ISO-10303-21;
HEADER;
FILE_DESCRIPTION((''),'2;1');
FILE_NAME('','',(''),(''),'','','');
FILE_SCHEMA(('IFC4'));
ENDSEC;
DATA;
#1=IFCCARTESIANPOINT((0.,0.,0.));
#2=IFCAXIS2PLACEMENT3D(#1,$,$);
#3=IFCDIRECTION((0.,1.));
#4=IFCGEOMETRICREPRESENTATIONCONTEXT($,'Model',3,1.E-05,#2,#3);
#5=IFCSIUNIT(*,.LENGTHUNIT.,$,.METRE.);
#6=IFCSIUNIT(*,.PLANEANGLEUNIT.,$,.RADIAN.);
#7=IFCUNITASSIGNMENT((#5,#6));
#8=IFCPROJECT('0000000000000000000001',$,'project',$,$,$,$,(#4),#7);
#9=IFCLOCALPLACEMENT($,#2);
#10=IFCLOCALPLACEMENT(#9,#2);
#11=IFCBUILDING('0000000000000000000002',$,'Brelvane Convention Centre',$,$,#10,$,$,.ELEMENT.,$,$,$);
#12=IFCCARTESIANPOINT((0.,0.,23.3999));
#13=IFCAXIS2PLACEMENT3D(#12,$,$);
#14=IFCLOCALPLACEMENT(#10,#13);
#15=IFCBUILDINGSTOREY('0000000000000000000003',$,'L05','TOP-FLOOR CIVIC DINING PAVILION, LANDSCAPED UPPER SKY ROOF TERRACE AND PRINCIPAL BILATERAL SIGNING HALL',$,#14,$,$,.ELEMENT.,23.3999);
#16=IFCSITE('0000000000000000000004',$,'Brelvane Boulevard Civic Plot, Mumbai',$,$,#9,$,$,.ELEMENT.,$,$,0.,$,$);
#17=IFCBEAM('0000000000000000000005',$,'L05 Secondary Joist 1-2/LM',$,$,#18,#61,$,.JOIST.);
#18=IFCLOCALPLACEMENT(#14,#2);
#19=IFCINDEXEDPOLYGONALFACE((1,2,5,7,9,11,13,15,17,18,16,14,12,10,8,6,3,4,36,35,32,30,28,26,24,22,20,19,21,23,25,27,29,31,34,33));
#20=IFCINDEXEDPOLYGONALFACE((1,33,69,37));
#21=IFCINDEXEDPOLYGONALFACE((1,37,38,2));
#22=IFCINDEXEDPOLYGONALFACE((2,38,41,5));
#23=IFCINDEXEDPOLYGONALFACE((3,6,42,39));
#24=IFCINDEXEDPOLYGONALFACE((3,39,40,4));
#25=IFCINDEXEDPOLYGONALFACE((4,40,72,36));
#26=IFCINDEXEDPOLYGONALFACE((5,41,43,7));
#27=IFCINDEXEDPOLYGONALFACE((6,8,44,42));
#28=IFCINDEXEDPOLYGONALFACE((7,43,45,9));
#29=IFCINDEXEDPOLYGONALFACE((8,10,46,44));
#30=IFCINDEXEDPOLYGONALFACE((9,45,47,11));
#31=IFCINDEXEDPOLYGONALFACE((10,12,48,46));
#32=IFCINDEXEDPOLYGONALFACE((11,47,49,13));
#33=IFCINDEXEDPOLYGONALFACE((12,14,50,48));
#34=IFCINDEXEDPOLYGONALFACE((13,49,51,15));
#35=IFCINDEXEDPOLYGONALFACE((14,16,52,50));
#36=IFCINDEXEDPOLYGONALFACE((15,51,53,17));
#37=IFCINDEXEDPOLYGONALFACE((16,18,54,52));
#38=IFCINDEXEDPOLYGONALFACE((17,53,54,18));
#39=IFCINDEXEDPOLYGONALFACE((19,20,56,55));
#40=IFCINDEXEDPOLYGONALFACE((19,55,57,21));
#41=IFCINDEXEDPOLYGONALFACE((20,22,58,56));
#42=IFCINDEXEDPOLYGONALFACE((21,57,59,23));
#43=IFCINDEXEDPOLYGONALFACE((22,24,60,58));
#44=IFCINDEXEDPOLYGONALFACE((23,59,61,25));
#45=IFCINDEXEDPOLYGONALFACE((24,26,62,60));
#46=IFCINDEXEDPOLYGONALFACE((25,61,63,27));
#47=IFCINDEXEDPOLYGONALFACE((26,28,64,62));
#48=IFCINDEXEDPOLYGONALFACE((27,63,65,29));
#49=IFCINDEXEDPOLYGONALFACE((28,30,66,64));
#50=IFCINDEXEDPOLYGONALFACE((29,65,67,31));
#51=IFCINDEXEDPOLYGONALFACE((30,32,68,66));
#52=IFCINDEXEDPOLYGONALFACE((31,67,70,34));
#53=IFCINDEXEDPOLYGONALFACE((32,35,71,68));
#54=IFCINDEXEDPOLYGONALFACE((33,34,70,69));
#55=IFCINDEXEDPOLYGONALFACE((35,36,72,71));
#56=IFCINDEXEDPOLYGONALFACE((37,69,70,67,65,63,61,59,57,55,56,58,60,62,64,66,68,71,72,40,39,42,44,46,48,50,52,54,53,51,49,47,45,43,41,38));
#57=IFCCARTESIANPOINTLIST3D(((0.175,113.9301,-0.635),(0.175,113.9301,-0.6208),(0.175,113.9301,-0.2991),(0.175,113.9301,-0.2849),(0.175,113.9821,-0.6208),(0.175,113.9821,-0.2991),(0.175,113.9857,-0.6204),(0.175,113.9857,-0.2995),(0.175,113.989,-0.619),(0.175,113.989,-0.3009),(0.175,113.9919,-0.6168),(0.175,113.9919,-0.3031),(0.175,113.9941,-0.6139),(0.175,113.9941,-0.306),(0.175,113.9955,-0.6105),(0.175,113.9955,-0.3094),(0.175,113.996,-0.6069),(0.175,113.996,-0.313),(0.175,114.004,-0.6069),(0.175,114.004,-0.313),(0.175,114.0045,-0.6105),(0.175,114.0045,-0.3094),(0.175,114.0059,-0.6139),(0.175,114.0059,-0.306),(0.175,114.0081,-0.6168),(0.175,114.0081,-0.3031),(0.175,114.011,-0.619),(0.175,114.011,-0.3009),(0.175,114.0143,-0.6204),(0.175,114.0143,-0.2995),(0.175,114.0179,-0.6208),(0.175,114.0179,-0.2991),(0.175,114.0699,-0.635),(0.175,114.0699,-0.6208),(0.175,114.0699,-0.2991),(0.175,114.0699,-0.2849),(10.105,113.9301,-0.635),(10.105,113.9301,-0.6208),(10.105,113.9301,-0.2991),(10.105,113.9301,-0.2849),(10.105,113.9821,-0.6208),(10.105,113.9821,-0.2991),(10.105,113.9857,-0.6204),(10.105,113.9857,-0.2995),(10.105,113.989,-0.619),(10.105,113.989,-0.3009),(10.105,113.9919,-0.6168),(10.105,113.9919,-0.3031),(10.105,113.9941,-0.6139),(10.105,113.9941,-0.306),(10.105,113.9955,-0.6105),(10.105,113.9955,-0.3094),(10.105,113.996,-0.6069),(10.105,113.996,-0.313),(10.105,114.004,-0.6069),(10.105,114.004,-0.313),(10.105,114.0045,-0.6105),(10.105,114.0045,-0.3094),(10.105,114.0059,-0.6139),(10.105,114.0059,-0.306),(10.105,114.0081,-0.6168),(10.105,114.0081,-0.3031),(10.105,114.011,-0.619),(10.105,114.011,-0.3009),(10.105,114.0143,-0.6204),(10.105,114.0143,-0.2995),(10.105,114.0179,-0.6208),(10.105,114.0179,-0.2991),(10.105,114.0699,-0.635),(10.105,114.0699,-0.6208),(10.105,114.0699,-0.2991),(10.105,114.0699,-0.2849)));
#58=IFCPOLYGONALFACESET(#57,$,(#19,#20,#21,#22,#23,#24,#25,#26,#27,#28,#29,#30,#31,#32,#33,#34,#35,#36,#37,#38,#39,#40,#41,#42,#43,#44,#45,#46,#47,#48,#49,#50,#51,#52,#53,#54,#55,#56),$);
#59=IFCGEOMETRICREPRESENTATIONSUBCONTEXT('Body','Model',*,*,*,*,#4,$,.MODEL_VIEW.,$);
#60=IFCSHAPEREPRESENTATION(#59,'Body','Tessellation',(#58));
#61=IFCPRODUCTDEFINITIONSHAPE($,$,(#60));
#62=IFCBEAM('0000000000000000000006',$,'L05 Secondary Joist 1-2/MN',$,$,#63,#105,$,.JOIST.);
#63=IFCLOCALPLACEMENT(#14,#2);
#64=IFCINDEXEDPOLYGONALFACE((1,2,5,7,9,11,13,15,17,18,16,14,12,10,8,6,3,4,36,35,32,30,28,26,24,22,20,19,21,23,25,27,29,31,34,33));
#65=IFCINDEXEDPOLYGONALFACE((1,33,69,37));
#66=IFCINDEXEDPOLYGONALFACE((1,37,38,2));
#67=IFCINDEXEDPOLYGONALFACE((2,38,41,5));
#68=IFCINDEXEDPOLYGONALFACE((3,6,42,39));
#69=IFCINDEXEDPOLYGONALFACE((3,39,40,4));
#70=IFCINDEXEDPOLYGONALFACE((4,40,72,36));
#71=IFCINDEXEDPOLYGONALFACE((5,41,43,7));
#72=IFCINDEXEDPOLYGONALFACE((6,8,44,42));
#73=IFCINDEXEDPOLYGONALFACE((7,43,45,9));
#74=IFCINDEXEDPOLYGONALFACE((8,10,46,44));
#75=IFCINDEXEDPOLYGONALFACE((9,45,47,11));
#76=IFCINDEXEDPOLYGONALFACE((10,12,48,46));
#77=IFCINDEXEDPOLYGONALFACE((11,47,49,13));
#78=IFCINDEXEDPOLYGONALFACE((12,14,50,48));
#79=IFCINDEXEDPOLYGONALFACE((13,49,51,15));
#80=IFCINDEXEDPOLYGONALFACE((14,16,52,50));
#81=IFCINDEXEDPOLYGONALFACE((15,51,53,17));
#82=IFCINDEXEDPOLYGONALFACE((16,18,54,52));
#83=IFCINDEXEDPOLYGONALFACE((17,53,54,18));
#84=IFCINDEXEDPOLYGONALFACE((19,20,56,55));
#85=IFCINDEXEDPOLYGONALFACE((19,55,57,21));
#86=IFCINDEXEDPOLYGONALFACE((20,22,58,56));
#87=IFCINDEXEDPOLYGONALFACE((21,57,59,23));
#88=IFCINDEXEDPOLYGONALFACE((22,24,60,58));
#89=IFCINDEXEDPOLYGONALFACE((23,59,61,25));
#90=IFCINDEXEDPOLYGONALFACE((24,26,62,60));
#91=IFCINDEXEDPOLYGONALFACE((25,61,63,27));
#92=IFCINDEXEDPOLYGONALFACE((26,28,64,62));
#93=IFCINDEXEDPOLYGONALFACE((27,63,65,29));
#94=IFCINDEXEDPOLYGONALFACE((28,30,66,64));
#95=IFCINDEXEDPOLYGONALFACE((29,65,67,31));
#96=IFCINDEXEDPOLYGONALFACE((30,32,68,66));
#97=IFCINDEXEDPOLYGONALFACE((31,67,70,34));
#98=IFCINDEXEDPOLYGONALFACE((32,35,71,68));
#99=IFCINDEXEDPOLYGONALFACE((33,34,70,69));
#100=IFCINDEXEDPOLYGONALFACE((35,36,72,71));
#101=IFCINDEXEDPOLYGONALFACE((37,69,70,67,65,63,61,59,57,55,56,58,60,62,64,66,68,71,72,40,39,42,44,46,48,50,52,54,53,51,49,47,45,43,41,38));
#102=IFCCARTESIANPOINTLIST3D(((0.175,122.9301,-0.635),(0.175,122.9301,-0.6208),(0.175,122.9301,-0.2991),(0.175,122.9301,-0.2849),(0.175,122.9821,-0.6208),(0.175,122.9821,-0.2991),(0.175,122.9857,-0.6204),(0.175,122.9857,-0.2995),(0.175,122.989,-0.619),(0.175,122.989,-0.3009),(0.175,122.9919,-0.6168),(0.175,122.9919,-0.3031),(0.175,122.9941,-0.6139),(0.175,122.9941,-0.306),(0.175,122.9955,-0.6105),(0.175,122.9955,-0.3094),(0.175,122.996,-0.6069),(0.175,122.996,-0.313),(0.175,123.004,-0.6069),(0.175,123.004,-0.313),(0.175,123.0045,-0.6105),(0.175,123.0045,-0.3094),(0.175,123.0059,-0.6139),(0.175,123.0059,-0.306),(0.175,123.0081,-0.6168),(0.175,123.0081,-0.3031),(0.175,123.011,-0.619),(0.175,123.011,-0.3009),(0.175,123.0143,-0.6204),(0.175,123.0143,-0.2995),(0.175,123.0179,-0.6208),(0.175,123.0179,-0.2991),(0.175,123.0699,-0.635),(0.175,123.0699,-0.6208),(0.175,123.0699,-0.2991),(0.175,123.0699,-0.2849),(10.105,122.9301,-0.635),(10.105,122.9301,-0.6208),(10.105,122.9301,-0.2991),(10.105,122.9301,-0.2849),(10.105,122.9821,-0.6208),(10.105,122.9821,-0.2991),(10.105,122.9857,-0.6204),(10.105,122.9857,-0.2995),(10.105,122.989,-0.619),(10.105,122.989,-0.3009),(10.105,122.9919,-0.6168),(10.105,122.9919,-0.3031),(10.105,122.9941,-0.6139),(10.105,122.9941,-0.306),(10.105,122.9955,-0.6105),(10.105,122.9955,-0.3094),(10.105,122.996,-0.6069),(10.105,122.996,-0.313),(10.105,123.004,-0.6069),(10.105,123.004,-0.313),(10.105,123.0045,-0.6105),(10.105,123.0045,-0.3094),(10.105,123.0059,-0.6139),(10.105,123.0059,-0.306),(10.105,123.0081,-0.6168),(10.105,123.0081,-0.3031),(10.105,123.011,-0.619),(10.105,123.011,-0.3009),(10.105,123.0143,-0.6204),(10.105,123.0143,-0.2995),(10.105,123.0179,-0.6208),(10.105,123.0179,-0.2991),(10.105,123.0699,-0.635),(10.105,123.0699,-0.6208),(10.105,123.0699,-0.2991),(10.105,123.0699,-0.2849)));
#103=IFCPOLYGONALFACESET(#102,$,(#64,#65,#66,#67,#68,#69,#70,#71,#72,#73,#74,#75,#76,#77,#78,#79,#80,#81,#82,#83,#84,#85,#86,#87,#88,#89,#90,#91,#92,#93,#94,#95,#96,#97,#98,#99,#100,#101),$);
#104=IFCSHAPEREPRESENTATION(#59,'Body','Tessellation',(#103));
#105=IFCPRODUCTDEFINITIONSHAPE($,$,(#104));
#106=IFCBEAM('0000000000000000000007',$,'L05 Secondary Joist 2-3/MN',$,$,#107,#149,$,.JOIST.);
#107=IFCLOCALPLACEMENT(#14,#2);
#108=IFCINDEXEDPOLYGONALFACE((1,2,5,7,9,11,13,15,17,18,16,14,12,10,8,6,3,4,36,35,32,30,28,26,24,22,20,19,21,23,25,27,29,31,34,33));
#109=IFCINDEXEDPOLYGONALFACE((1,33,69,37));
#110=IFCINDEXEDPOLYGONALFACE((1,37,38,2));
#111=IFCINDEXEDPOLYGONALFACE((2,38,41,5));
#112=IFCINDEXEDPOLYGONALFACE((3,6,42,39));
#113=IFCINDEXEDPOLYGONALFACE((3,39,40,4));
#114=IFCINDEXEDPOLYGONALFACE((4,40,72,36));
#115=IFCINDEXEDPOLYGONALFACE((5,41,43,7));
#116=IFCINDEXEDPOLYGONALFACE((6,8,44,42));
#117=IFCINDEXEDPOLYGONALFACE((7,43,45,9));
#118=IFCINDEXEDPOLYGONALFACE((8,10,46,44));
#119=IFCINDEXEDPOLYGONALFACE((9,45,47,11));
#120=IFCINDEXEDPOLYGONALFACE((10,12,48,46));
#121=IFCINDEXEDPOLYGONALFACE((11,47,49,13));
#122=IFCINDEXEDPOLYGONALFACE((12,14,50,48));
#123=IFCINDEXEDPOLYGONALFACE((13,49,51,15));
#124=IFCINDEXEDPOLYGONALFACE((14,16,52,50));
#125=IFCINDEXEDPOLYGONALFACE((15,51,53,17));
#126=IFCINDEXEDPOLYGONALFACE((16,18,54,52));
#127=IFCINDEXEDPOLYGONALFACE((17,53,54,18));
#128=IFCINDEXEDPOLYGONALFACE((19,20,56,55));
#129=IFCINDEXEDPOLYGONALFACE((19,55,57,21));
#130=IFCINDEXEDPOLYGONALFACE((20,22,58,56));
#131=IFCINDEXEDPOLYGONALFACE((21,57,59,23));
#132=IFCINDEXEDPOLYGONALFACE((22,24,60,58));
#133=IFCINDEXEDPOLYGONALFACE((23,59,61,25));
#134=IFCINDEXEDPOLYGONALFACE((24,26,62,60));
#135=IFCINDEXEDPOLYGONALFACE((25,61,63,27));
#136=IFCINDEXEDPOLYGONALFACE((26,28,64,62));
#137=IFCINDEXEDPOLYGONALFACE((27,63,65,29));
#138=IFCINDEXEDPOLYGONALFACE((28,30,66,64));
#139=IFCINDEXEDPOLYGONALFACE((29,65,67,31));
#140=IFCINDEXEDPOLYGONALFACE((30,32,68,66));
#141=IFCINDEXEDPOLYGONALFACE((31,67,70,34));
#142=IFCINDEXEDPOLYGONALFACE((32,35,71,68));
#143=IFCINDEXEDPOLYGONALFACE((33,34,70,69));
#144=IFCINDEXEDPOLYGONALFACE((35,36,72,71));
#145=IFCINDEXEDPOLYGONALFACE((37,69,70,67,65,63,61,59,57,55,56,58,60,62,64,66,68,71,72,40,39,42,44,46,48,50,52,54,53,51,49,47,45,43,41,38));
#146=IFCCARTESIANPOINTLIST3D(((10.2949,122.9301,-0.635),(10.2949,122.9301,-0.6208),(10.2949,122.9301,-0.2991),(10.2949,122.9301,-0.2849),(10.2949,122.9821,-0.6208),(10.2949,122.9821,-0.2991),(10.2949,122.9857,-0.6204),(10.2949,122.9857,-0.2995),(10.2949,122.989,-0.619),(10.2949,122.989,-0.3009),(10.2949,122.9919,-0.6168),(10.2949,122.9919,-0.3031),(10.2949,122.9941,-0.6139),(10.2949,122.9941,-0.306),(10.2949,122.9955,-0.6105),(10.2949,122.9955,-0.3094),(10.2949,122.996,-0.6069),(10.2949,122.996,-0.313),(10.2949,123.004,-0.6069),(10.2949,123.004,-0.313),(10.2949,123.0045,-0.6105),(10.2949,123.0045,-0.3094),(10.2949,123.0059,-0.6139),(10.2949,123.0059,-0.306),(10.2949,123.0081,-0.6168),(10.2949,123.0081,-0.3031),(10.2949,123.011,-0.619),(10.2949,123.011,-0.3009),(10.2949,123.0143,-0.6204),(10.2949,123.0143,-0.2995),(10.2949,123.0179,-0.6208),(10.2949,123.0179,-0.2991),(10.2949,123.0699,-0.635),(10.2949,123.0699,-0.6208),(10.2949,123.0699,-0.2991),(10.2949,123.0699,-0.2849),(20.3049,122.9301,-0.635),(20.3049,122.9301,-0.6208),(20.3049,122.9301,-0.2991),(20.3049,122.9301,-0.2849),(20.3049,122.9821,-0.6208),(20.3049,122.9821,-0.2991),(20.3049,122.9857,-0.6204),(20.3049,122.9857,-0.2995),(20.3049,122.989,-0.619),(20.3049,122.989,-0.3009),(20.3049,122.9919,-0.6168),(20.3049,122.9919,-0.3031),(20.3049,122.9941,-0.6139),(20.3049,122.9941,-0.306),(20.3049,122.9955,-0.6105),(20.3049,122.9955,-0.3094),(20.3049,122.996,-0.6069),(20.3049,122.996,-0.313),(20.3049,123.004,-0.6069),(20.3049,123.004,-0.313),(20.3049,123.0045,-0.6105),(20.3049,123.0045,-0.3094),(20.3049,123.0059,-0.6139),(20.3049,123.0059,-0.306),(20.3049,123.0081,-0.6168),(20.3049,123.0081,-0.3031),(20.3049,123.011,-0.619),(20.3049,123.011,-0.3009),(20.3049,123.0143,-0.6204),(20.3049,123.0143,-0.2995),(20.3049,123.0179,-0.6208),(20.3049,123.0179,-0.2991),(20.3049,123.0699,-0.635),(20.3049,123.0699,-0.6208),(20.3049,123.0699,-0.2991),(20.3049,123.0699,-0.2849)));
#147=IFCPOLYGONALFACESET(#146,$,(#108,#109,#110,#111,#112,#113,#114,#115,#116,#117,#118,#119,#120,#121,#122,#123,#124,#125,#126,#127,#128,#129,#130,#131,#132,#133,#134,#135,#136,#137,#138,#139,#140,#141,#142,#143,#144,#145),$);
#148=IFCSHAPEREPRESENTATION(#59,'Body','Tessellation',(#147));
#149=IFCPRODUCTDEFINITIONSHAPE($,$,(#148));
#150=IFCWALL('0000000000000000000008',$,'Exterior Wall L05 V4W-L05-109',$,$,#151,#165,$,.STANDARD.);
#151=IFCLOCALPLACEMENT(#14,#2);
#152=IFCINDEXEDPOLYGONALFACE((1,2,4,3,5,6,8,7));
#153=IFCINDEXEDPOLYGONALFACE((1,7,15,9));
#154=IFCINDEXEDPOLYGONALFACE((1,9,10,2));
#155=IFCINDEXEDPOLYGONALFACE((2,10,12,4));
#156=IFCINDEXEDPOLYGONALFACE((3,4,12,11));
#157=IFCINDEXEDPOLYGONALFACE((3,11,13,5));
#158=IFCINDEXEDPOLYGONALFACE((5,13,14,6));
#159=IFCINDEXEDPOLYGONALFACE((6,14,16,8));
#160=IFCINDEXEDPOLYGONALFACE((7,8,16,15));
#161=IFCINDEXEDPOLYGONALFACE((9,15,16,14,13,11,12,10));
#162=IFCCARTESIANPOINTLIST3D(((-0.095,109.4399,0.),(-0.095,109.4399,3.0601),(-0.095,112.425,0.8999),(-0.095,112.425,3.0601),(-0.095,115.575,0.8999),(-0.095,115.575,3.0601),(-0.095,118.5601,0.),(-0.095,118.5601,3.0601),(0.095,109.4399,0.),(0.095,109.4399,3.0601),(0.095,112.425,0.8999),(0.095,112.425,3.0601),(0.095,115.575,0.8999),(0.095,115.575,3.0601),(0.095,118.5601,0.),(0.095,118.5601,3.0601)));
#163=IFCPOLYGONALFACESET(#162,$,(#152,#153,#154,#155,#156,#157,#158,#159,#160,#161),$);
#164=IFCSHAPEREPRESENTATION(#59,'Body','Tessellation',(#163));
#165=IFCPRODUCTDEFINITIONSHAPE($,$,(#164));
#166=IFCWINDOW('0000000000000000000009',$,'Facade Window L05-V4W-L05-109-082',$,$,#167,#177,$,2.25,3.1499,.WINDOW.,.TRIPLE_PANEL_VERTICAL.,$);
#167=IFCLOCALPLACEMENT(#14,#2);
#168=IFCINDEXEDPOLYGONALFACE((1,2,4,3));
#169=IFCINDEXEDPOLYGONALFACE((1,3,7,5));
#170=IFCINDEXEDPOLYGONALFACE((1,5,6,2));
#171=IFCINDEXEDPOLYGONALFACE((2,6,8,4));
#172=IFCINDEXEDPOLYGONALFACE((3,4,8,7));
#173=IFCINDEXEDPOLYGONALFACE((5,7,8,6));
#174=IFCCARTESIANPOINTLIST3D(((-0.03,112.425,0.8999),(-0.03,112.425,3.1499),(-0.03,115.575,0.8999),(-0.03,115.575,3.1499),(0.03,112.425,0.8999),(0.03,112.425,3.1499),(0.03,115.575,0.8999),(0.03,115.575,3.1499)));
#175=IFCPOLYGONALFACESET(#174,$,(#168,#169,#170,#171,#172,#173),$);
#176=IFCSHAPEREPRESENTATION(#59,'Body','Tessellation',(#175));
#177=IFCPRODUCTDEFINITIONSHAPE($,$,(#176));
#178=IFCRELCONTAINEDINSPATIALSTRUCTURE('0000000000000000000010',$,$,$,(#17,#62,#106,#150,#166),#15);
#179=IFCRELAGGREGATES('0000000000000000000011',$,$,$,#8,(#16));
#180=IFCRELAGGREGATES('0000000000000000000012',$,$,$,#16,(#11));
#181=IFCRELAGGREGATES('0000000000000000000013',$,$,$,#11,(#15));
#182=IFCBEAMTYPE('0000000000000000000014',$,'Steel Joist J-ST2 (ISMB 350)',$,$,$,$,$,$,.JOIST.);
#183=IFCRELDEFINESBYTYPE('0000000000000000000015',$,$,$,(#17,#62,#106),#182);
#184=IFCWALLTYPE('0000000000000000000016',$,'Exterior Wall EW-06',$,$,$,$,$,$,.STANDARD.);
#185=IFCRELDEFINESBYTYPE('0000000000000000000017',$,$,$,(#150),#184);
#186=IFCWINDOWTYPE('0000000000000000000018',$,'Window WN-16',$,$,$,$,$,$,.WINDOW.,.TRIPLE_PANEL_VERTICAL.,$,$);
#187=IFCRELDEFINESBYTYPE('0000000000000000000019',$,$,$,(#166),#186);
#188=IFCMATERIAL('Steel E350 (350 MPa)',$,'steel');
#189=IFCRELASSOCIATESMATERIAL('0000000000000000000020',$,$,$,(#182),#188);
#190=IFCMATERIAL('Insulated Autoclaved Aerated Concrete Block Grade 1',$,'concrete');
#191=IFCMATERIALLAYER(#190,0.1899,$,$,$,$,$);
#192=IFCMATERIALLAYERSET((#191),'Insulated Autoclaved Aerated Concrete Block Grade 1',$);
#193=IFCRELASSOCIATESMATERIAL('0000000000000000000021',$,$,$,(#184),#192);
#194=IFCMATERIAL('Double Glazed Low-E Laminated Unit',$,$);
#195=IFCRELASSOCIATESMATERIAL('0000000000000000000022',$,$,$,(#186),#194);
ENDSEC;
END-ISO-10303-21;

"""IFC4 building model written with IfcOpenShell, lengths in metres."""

from ifc_helpers import new_model, si_unit, direction, frame, frame_2d, origin, origin_2d, place, context, subcontext, project, spatial, rectangle, i_section, extrude, material, layer, layer_set, material_profile, profile_set, type_object, element, fill, save


model = new_model("IFC4")

# Units and contexts
model_context = context("Model", 3, precision=1e-05, world=origin(), true_north=direction((0.0, 1.0)))
body_context = subcontext(model_context, "Body", "Model", "MODEL_VIEW")
ifc_project = project(units=[si_unit("LENGTHUNIT", "METRE"), si_unit("PLANEANGLEUNIT", "RADIAN")], contexts=[model_context])

# Site, building, storey
site_placement = place(None, origin())
site = spatial("IfcSite", under=ifc_project, at=site_placement, Name="Brelvane Boulevard Civic Plot, Mumbai", CompositionType="ELEMENT", RefElevation=0.0)
building_placement = place(site_placement, origin())
building = spatial("IfcBuilding", under=site, at=building_placement, Name="Brelvane Convention Centre", CompositionType="ELEMENT")
storey_placement = place(building_placement, frame((0.0, 0.0, 23.3999)))
storey = spatial("IfcBuildingStorey", under=building, at=storey_placement, Name="L05", Description="TOP-FLOOR CIVIC DINING PAVILION, LANDSCAPED UPPER SKY ROOF TERRACE AND PRINCIPAL BILATERAL SIGNING HALL", CompositionType="ELEMENT", Elevation=23.3999)

# Beams
ifc_material_1 = material(Name="Steel E350 (350 MPa)", Category="steel")
ifc_material_profile_1 = material_profile(ifc_material_1, i_section(OverallWidth=0.1399, OverallDepth=0.3501, WebThickness=0.0081, FlangeThickness=0.0142, FilletRadius=0.0139, at=origin_2d()), Name="ISMB 350")
ifc_profile_set_1 = profile_set([ifc_material_profile_1], Name="Steel E350 (350 MPa)")
beam_type_1 = type_object("IfcBeamType", Name="Steel Joist J-ST2 (ISMB 350)", PredefinedType="JOIST", material=ifc_profile_set_1)
for number, where, z_axis, x_axis, name in (
    (1, (0.175, 114.0, -0.46), (1.0, 0.0, 0.0), (0.0, 1.0, 0.0), "L05 Secondary Joist 1-2/LM"),
    (2, (0.175, 123.0, -0.46), (1.0, 0.0, 0.0), (0.0, 1.0, 0.0), "L05 Secondary Joist 1-2/MN"),
):
    element("IfcBeam", number, at=place(storey_placement, frame(where, z_axis=z_axis, x_axis=x_axis)), inside=storey, type_object=beam_type_1, Name=name, PredefinedType="JOIST", context=body_context, shape_type="SweptSolid", body=[
        extrude(i_section(OverallWidth=0.1399, OverallDepth=0.3501, WebThickness=0.0081, FlangeThickness=0.0142, FilletRadius=0.0139, at=origin_2d()), origin(), (0.0, 0.0, 1.0), 9.9299),
    ])
beam_1_placement = place(storey_placement, frame((10.2949, 123.0, -0.46), z_axis=(1.0, 0.0, 0.0), x_axis=(0.0, 1.0, 0.0)))
element("IfcBeam", 3, at=beam_1_placement, inside=storey, type_object=beam_type_1, Name="L05 Secondary Joist 2-3/MN", PredefinedType="JOIST", context=body_context, shape_type="SweptSolid", body=[
    extrude(i_section(OverallWidth=0.1399, OverallDepth=0.3501, WebThickness=0.0081, FlangeThickness=0.0142, FilletRadius=0.0139, at=origin_2d()), origin(), (0.0, 0.0, 1.0), 10.01),
])

# Wall, opening, window
ifc_material_2 = material(Name="Insulated Autoclaved Aerated Concrete Block Grade 1", Category="concrete")
ifc_layer_1 = layer(ifc_material_2, 0.1899)
ifc_layer_set_1 = layer_set([ifc_layer_1], Name="Insulated Autoclaved Aerated Concrete Block Grade 1")
wall_type_1 = type_object("IfcWallType", Name="Exterior Wall EW-06", PredefinedType="STANDARD", material=ifc_layer_set_1)
wall_1_placement = place(storey_placement, frame((0.0, 109.4399, 0.0), z_axis=(0.0, 0.0, 1.0), x_axis=(0.0, 1.0, 0.0)))
wall_1 = element("IfcWall", 4, at=wall_1_placement, inside=storey, type_object=wall_type_1, Name="Exterior Wall L05 V4W-L05-109", PredefinedType="STANDARD", context=body_context, shape_type="SweptSolid", body=[
    extrude(rectangle(XDim=9.1201, YDim=0.1899, at=frame_2d((4.5601, 0.0))), origin(), (0.0, 0.0, 1.0), 3.0601),
])
opening_1_placement = place(wall_1_placement, frame((2.9851, 0.0, 0.8999)))
opening_1 = element("IfcOpeningElement", 5, at=opening_1_placement, cuts=wall_1, PredefinedType="OPENING", context=body_context, shape_type="SweptSolid", body=[
    extrude(rectangle(XDim=3.1499, YDim=2.25, at=frame_2d((1.575, 1.125))), frame((0.0, 0.105, 0.0), z_axis=(0.0, -1.0, 0.0), x_axis=(1.0, 0.0, 0.0)), (0.0, 0.0, 1.0), 0.21),
])
ifc_material_3 = material(Name="Double Glazed Low-E Laminated Unit")
window_type_1 = type_object("IfcWindowType", Name="Window WN-16", PartitioningType="TRIPLE_PANEL_VERTICAL", PredefinedType="WINDOW", material=ifc_material_3)
window_1_placement = place(opening_1_placement, origin())
window_1 = element("IfcWindow", 6, at=window_1_placement, inside=storey, type_object=window_type_1, Name="Facade Window L05-V4W-L05-109-082", OverallHeight=2.25, OverallWidth=3.1499, PartitioningType="TRIPLE_PANEL_VERTICAL", PredefinedType="WINDOW", context=body_context, shape_type="SweptSolid", body=[
    extrude(rectangle(XDim=3.1499, YDim=2.25, at=frame_2d((1.575, 1.125))), frame((0.0, 0.03, 0.0), z_axis=(0.0, -1.0, 0.0), x_axis=(1.0, 0.0, 0.0)), (0.0, 0.0, 1.0), 0.0601),
])
fill(opening_1, window_1)

save(model, "model.ifc")
